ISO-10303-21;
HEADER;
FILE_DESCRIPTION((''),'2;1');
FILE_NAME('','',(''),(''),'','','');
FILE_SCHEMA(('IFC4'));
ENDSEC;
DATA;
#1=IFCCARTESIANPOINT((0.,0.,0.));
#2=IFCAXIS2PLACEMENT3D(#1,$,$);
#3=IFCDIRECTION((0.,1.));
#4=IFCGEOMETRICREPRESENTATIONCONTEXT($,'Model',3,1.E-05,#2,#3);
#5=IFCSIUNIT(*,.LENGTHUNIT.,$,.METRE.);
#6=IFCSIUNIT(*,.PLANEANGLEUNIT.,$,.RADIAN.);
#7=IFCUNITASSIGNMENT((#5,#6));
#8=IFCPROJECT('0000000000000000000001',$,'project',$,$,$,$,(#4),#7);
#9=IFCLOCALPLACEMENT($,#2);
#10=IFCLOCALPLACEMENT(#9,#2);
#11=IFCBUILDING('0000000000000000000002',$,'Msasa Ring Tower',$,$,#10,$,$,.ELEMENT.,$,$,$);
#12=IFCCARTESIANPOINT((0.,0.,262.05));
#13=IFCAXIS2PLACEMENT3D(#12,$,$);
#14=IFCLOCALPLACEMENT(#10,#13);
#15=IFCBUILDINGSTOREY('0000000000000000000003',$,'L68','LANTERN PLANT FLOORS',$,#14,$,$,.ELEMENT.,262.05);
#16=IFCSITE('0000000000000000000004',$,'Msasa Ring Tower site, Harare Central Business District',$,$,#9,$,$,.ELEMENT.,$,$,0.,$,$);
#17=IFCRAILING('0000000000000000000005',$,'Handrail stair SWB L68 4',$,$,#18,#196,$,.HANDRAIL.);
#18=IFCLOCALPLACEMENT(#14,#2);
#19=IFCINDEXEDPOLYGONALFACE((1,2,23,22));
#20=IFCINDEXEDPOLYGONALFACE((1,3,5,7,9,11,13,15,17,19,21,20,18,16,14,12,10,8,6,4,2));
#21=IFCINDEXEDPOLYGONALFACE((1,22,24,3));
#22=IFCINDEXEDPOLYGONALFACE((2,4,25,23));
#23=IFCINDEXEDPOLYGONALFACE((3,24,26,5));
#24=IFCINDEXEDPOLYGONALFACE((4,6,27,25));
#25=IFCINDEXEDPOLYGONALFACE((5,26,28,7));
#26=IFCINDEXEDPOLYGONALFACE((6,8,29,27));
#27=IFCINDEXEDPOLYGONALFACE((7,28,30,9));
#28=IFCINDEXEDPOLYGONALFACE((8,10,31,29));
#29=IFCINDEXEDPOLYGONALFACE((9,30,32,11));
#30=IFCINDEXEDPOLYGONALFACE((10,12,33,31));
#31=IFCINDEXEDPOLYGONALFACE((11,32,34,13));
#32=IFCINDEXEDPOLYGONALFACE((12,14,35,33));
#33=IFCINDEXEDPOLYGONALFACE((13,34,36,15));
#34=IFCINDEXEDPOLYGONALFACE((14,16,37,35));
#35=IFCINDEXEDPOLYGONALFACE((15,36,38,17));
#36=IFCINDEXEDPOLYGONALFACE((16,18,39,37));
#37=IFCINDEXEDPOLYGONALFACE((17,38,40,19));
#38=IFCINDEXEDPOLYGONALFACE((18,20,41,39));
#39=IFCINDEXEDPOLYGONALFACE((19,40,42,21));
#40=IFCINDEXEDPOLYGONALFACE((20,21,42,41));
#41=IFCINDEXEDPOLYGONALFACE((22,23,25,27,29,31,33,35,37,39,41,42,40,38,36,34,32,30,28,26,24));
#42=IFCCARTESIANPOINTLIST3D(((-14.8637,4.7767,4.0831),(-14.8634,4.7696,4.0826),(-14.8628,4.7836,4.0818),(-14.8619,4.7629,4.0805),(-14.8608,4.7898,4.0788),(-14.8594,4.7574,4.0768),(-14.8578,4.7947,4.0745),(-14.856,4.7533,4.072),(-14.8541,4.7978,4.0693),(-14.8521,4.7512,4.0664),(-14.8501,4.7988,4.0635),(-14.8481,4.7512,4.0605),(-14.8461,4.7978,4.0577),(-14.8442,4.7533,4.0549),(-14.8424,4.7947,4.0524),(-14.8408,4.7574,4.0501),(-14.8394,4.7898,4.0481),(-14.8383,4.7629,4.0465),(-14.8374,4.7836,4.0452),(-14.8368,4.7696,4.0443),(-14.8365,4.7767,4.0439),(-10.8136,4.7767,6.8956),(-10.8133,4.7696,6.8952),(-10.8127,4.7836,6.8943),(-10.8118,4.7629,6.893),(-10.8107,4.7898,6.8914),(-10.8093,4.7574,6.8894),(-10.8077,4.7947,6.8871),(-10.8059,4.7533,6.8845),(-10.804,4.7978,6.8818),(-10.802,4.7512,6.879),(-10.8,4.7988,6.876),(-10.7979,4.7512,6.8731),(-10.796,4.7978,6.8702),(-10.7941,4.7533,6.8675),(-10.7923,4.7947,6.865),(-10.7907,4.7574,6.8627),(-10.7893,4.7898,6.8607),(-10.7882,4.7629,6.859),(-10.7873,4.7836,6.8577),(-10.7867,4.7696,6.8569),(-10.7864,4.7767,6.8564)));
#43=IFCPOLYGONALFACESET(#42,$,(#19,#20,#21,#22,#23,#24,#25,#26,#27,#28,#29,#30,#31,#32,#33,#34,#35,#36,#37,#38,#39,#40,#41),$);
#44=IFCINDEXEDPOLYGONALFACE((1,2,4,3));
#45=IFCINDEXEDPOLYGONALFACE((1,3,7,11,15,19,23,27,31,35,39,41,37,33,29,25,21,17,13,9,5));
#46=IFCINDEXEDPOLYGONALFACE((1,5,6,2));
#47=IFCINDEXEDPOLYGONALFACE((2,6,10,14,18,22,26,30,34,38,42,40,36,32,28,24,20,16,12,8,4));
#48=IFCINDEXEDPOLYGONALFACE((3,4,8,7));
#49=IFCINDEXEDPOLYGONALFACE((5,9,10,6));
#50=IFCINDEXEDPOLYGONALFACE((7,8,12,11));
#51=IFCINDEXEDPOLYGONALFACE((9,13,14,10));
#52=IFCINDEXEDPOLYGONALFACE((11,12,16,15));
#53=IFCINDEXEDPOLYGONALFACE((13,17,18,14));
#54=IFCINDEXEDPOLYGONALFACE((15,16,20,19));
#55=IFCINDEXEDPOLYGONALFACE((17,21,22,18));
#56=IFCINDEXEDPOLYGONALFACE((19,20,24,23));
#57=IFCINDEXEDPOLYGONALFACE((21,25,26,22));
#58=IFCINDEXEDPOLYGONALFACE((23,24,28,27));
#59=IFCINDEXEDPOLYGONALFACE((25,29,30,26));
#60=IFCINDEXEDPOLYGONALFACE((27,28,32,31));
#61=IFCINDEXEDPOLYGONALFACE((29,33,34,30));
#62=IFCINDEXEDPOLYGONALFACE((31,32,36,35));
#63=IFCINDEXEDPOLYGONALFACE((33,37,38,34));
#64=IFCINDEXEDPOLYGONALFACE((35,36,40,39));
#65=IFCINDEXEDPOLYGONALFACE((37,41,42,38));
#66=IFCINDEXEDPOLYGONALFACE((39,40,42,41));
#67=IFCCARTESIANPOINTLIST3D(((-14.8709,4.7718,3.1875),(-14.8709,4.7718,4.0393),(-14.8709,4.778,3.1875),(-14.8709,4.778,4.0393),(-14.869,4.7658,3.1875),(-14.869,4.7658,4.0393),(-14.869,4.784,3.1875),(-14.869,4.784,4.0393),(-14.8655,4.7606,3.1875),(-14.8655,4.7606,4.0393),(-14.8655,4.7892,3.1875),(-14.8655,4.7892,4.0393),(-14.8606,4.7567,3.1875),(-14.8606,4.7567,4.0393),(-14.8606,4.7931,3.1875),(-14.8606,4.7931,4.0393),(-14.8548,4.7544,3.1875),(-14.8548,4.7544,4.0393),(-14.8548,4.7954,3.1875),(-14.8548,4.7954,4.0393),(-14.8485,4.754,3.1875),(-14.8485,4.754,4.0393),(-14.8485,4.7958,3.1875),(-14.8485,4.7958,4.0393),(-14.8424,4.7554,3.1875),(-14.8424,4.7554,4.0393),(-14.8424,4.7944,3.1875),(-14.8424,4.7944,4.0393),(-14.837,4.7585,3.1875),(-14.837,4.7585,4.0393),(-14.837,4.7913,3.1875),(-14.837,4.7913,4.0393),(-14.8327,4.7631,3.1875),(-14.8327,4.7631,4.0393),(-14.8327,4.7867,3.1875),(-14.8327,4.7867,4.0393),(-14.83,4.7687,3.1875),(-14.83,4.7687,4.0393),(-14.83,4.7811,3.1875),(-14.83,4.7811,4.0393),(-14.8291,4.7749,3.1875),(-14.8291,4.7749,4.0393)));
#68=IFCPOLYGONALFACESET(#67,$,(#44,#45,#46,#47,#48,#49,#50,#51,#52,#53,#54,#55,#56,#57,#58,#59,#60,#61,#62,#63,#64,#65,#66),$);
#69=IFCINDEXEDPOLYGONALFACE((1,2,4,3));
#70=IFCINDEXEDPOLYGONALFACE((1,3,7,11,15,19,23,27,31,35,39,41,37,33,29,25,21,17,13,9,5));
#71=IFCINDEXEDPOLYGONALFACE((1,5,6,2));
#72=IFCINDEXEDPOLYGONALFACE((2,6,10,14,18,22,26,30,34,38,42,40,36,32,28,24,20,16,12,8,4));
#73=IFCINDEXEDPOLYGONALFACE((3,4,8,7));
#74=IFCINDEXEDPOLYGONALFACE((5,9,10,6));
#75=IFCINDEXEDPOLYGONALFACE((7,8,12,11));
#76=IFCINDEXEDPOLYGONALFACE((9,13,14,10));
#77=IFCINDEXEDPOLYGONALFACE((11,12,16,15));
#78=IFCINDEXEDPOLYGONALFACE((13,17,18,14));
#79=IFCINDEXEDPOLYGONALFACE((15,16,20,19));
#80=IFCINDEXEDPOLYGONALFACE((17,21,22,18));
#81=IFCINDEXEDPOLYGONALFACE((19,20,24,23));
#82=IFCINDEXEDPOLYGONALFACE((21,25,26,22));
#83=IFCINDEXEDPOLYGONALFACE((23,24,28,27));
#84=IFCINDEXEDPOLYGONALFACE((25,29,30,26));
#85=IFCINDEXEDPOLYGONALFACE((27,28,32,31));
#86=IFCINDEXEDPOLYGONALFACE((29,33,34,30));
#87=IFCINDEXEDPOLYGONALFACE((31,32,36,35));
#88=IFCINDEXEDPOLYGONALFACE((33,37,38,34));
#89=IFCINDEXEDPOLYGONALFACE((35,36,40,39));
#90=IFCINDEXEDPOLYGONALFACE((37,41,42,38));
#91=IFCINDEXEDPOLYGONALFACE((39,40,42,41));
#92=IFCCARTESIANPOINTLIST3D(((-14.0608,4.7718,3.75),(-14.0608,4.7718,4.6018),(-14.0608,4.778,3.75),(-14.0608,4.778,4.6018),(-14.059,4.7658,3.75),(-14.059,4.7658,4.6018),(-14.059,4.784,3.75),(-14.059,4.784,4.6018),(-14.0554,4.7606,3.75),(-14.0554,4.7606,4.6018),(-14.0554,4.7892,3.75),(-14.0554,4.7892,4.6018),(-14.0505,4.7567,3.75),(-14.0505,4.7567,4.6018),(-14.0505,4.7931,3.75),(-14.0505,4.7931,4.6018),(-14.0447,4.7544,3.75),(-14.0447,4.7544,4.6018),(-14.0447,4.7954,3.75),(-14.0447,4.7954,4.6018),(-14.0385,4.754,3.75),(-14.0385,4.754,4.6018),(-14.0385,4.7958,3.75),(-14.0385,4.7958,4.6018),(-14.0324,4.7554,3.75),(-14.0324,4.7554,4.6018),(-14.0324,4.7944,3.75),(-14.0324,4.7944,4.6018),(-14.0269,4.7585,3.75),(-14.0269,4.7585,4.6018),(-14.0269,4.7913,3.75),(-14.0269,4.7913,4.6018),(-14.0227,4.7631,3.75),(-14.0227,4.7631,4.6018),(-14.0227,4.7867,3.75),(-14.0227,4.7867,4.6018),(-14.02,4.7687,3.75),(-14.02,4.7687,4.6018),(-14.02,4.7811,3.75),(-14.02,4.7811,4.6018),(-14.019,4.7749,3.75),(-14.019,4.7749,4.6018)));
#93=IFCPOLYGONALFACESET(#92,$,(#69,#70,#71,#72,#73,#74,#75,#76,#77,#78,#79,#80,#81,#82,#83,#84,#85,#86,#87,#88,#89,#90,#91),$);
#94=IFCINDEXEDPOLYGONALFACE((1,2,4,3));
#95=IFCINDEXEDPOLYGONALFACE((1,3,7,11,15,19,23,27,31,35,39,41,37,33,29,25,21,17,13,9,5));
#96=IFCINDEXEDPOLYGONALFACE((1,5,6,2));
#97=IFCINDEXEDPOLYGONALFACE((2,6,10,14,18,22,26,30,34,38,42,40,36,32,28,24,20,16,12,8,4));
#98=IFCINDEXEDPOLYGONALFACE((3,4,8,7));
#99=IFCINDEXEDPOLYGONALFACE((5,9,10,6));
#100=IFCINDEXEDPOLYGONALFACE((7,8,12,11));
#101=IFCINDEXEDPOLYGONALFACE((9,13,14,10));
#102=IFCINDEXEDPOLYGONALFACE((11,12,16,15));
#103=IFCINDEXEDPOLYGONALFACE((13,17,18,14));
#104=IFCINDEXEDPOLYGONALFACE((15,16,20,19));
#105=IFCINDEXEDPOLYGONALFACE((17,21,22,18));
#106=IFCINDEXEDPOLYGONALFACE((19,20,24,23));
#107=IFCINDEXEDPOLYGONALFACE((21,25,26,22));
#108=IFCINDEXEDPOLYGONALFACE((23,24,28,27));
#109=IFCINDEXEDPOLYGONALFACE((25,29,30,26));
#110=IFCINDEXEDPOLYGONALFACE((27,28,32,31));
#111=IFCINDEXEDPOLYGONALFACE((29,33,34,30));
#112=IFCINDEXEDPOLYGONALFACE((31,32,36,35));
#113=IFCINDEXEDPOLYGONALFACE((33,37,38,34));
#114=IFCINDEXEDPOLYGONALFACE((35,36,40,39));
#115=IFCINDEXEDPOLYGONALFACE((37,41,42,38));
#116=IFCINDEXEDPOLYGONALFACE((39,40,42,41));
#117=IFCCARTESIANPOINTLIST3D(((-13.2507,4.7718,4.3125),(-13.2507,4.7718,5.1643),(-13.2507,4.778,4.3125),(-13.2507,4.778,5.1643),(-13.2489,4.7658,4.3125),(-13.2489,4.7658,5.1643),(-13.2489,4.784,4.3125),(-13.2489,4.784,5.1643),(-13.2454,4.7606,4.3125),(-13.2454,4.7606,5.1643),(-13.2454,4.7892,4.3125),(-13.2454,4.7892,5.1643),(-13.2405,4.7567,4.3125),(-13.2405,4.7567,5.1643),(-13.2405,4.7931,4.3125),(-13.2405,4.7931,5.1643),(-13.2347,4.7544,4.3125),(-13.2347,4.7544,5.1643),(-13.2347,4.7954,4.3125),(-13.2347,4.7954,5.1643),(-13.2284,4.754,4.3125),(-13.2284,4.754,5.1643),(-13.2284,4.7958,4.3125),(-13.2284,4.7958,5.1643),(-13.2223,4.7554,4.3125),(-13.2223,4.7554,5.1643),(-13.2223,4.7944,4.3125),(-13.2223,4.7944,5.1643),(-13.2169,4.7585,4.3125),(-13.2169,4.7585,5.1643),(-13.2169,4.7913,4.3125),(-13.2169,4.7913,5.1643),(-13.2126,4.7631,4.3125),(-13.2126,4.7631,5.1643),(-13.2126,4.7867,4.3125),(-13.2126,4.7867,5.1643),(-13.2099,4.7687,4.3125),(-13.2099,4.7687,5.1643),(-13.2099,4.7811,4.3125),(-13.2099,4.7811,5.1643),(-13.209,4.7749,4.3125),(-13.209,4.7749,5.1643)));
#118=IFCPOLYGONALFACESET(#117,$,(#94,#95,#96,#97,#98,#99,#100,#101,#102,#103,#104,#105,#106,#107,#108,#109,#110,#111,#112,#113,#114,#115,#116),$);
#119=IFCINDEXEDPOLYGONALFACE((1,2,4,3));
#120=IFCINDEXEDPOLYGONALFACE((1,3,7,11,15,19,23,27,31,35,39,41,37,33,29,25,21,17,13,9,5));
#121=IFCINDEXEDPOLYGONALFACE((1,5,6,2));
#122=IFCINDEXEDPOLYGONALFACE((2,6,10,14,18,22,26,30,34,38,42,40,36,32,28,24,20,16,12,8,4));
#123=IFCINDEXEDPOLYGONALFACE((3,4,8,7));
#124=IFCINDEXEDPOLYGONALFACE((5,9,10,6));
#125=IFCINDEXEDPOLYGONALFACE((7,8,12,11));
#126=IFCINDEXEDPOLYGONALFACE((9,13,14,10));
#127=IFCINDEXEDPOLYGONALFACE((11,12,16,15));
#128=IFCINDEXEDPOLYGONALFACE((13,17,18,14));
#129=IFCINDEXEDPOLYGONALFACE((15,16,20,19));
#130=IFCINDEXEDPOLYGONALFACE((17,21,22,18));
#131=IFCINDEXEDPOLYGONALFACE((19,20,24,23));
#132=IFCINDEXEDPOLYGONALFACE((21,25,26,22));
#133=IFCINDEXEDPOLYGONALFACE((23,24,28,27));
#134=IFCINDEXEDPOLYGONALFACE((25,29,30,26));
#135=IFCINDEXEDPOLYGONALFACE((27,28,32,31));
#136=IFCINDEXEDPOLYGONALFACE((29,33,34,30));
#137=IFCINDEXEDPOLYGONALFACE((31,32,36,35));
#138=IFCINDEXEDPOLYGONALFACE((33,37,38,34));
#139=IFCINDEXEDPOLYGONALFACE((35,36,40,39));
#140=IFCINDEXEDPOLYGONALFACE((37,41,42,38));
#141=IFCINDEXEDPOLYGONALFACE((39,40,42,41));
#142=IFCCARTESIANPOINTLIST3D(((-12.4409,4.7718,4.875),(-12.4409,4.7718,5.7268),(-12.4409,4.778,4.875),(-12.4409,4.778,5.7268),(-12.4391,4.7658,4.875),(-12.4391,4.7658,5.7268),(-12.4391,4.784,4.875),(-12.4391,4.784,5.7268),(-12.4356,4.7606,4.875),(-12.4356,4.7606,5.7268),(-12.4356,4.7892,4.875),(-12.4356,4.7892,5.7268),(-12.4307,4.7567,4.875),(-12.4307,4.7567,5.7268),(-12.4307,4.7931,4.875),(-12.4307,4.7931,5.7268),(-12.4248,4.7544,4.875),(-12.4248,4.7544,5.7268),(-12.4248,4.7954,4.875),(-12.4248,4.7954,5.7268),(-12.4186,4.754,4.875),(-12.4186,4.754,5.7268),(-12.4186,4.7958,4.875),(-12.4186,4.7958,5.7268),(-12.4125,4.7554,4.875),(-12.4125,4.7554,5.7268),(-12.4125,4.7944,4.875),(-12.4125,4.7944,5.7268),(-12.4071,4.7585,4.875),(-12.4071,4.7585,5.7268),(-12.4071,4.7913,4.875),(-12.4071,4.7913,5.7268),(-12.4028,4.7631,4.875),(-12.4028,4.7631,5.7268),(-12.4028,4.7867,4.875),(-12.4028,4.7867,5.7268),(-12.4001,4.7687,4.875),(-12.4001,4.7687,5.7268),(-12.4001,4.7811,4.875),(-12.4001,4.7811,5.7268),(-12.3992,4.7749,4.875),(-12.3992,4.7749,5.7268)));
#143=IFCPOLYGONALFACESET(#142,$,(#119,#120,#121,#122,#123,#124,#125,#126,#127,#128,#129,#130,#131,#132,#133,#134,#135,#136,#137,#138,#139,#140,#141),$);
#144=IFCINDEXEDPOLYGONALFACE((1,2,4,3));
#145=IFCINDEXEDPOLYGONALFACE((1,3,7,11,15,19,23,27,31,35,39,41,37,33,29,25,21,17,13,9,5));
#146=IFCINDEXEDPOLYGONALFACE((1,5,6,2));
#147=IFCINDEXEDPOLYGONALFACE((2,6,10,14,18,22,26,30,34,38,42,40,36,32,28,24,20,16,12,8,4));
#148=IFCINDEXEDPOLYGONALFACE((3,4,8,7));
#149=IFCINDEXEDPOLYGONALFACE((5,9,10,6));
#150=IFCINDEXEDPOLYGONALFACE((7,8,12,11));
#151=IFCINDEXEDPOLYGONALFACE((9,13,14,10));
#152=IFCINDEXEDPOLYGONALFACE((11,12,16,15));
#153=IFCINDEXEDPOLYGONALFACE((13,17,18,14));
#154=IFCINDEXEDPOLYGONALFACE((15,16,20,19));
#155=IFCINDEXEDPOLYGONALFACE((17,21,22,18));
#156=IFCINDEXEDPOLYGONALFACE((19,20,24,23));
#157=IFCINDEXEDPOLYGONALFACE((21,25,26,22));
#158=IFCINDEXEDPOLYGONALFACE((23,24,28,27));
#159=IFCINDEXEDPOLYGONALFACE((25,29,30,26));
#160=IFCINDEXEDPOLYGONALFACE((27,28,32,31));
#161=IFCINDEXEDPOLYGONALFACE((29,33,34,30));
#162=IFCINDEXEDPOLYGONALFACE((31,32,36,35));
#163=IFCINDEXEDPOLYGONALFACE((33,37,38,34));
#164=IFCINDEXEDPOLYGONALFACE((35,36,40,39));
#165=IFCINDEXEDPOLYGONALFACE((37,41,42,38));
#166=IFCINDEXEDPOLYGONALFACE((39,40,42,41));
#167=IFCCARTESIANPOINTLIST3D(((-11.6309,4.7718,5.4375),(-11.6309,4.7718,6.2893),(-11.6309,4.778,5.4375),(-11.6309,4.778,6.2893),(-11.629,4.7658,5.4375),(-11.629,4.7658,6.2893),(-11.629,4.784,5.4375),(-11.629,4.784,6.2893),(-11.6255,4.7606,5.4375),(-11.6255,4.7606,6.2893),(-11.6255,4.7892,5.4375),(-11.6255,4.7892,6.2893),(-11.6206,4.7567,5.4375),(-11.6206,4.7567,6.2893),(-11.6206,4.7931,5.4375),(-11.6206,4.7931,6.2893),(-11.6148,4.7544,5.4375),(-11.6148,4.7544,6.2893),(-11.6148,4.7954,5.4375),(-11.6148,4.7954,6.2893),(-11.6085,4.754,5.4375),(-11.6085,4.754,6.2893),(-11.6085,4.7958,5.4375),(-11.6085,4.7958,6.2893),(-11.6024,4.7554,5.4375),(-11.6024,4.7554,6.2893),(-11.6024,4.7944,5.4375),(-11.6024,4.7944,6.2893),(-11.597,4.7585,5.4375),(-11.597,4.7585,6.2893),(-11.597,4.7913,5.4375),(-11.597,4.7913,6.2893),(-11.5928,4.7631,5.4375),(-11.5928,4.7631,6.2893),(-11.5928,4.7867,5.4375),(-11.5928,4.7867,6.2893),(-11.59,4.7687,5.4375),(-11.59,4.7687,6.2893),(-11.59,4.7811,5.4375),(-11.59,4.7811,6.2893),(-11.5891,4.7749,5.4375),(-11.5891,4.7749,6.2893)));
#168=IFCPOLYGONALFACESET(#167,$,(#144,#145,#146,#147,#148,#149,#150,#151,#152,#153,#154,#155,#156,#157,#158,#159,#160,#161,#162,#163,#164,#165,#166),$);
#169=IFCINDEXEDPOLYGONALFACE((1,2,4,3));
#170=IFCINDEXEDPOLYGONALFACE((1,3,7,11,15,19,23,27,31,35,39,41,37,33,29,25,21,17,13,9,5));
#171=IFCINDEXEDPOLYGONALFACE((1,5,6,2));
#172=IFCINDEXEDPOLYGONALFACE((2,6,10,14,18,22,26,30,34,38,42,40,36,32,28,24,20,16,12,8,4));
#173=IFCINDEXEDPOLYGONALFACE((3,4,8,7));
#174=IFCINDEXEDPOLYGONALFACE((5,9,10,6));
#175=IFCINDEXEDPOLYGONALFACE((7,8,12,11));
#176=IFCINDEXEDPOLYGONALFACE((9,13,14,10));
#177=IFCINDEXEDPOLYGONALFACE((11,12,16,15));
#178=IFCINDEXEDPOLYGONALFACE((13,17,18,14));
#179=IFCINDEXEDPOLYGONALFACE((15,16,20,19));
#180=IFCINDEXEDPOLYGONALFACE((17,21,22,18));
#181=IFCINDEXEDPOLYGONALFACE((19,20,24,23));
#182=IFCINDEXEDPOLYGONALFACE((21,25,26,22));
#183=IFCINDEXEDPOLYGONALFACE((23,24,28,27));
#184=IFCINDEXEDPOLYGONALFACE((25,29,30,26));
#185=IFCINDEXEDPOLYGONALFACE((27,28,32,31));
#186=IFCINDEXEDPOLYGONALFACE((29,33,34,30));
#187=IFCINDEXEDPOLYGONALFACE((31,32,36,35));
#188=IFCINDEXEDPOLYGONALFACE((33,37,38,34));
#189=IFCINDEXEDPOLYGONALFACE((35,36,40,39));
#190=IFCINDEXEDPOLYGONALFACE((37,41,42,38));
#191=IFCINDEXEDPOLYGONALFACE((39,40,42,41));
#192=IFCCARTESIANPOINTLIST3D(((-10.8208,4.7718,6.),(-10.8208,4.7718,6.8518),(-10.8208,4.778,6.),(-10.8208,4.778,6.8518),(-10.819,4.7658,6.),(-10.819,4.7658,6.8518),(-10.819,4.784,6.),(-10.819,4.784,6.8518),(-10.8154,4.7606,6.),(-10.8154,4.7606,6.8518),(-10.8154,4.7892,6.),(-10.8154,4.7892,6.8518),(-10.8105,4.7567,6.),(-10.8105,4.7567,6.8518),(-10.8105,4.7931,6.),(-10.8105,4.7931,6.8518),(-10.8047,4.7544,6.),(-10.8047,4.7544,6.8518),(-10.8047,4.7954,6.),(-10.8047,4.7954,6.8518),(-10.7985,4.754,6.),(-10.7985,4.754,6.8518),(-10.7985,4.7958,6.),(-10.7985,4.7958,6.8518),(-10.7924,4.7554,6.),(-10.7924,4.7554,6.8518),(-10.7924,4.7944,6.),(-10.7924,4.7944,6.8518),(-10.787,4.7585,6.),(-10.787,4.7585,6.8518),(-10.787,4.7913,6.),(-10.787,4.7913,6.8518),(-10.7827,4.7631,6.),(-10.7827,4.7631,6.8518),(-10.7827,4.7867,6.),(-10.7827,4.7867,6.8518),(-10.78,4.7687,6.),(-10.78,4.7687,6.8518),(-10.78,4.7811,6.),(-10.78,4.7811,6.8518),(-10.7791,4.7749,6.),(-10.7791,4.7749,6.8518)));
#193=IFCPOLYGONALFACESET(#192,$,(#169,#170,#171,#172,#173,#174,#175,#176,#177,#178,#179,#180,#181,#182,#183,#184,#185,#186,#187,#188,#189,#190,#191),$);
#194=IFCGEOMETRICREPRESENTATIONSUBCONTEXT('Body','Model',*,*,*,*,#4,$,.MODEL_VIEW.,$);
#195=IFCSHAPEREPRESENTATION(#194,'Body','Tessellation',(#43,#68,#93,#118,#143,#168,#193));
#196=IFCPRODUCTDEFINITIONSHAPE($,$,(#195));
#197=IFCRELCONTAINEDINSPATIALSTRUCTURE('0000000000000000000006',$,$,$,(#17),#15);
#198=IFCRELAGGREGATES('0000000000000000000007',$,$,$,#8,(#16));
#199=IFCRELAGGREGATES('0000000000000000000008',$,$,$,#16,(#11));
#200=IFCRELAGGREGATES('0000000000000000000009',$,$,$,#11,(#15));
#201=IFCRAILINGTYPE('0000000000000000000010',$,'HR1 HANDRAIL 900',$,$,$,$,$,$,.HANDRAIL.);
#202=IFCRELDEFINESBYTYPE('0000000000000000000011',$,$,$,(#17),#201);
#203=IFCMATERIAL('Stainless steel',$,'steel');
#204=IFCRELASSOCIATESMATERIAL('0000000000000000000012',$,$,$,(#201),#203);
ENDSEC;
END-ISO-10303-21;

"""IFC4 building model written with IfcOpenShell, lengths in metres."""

from ifc_helpers import new_model, si_unit, direction, frame, origin, origin_2d, place, context, subcontext, project, spatial, circle, extrude, material, type_object, element, save


model = new_model("IFC4")

# Units and contexts
model_context = context("Model", 3, precision=1e-05, world=origin(), true_north=direction((0.0, 1.0)))
body_context = subcontext(model_context, "Body", "Model", "MODEL_VIEW")
ifc_project = project(units=[si_unit("LENGTHUNIT", "METRE"), si_unit("PLANEANGLEUNIT", "RADIAN")], contexts=[model_context])

# Site, building, storey
site_placement = place(None, origin())
site = spatial("IfcSite", under=ifc_project, at=site_placement, Name="Msasa Ring Tower site, Harare Central Business District", CompositionType="ELEMENT", RefElevation=0.0)
building_placement = place(site_placement, origin())
building = spatial("IfcBuilding", under=site, at=building_placement, Name="Msasa Ring Tower", CompositionType="ELEMENT")
storey_placement = place(building_placement, frame((0.0, 0.0, 262.05)))
storey = spatial("IfcBuildingStorey", under=building, at=storey_placement, Name="L68", Description="LANTERN PLANT FLOORS", CompositionType="ELEMENT", Elevation=262.05)

# Railing
ifc_material_1 = material(Name="Stainless steel", Category="steel")
railing_type = type_object("IfcRailingType", Name="HR1 HANDRAIL 900", PredefinedType="HANDRAIL", material=ifc_material_1)
for number, where, name in (
    (1, (-14.8501, 4.7749, 3.1875), "Handrail stair SWB L68 4"),
):
    element("IfcRailing", number, at=place(storey_placement, frame(where)), inside=storey, type_object=railing_type, Name=name, PredefinedType="HANDRAIL", context=body_context, shape_type="SweptSolid", body=[
        extrude(circle(Radius=0.0239, at=origin_2d()), frame((0.0, 0.0, 0.876), z_axis=(0.821373, 0.0, 0.570391), x_axis=(0.0, 1.0, 0.0)), (0.0, 0.0, 1.0), 4.9309),
        extrude(circle(Radius=0.021, at=origin_2d()), origin(), (0.0, 0.0, 1.0), 0.8518),
        extrude(circle(Radius=0.021, at=origin_2d()), frame((0.8101, 0.0, 0.5625)), (0.0, 0.0, 1.0), 0.8518),
        extrude(circle(Radius=0.021, at=origin_2d()), frame((1.6201, 0.0, 1.125)), (0.0, 0.0, 1.0), 0.8518),
        extrude(circle(Radius=0.021, at=origin_2d()), frame((2.4299, 0.0, 1.6875)), (0.0, 0.0, 1.0), 0.8518),
        extrude(circle(Radius=0.021, at=origin_2d()), frame((3.24, 0.0, 2.25)), (0.0, 0.0, 1.0), 0.8518),
        extrude(circle(Radius=0.021, at=origin_2d()), frame((4.05, 0.0, 2.8125)), (0.0, 0.0, 1.0), 0.8518),
    ])

save(model, "model.ifc")
